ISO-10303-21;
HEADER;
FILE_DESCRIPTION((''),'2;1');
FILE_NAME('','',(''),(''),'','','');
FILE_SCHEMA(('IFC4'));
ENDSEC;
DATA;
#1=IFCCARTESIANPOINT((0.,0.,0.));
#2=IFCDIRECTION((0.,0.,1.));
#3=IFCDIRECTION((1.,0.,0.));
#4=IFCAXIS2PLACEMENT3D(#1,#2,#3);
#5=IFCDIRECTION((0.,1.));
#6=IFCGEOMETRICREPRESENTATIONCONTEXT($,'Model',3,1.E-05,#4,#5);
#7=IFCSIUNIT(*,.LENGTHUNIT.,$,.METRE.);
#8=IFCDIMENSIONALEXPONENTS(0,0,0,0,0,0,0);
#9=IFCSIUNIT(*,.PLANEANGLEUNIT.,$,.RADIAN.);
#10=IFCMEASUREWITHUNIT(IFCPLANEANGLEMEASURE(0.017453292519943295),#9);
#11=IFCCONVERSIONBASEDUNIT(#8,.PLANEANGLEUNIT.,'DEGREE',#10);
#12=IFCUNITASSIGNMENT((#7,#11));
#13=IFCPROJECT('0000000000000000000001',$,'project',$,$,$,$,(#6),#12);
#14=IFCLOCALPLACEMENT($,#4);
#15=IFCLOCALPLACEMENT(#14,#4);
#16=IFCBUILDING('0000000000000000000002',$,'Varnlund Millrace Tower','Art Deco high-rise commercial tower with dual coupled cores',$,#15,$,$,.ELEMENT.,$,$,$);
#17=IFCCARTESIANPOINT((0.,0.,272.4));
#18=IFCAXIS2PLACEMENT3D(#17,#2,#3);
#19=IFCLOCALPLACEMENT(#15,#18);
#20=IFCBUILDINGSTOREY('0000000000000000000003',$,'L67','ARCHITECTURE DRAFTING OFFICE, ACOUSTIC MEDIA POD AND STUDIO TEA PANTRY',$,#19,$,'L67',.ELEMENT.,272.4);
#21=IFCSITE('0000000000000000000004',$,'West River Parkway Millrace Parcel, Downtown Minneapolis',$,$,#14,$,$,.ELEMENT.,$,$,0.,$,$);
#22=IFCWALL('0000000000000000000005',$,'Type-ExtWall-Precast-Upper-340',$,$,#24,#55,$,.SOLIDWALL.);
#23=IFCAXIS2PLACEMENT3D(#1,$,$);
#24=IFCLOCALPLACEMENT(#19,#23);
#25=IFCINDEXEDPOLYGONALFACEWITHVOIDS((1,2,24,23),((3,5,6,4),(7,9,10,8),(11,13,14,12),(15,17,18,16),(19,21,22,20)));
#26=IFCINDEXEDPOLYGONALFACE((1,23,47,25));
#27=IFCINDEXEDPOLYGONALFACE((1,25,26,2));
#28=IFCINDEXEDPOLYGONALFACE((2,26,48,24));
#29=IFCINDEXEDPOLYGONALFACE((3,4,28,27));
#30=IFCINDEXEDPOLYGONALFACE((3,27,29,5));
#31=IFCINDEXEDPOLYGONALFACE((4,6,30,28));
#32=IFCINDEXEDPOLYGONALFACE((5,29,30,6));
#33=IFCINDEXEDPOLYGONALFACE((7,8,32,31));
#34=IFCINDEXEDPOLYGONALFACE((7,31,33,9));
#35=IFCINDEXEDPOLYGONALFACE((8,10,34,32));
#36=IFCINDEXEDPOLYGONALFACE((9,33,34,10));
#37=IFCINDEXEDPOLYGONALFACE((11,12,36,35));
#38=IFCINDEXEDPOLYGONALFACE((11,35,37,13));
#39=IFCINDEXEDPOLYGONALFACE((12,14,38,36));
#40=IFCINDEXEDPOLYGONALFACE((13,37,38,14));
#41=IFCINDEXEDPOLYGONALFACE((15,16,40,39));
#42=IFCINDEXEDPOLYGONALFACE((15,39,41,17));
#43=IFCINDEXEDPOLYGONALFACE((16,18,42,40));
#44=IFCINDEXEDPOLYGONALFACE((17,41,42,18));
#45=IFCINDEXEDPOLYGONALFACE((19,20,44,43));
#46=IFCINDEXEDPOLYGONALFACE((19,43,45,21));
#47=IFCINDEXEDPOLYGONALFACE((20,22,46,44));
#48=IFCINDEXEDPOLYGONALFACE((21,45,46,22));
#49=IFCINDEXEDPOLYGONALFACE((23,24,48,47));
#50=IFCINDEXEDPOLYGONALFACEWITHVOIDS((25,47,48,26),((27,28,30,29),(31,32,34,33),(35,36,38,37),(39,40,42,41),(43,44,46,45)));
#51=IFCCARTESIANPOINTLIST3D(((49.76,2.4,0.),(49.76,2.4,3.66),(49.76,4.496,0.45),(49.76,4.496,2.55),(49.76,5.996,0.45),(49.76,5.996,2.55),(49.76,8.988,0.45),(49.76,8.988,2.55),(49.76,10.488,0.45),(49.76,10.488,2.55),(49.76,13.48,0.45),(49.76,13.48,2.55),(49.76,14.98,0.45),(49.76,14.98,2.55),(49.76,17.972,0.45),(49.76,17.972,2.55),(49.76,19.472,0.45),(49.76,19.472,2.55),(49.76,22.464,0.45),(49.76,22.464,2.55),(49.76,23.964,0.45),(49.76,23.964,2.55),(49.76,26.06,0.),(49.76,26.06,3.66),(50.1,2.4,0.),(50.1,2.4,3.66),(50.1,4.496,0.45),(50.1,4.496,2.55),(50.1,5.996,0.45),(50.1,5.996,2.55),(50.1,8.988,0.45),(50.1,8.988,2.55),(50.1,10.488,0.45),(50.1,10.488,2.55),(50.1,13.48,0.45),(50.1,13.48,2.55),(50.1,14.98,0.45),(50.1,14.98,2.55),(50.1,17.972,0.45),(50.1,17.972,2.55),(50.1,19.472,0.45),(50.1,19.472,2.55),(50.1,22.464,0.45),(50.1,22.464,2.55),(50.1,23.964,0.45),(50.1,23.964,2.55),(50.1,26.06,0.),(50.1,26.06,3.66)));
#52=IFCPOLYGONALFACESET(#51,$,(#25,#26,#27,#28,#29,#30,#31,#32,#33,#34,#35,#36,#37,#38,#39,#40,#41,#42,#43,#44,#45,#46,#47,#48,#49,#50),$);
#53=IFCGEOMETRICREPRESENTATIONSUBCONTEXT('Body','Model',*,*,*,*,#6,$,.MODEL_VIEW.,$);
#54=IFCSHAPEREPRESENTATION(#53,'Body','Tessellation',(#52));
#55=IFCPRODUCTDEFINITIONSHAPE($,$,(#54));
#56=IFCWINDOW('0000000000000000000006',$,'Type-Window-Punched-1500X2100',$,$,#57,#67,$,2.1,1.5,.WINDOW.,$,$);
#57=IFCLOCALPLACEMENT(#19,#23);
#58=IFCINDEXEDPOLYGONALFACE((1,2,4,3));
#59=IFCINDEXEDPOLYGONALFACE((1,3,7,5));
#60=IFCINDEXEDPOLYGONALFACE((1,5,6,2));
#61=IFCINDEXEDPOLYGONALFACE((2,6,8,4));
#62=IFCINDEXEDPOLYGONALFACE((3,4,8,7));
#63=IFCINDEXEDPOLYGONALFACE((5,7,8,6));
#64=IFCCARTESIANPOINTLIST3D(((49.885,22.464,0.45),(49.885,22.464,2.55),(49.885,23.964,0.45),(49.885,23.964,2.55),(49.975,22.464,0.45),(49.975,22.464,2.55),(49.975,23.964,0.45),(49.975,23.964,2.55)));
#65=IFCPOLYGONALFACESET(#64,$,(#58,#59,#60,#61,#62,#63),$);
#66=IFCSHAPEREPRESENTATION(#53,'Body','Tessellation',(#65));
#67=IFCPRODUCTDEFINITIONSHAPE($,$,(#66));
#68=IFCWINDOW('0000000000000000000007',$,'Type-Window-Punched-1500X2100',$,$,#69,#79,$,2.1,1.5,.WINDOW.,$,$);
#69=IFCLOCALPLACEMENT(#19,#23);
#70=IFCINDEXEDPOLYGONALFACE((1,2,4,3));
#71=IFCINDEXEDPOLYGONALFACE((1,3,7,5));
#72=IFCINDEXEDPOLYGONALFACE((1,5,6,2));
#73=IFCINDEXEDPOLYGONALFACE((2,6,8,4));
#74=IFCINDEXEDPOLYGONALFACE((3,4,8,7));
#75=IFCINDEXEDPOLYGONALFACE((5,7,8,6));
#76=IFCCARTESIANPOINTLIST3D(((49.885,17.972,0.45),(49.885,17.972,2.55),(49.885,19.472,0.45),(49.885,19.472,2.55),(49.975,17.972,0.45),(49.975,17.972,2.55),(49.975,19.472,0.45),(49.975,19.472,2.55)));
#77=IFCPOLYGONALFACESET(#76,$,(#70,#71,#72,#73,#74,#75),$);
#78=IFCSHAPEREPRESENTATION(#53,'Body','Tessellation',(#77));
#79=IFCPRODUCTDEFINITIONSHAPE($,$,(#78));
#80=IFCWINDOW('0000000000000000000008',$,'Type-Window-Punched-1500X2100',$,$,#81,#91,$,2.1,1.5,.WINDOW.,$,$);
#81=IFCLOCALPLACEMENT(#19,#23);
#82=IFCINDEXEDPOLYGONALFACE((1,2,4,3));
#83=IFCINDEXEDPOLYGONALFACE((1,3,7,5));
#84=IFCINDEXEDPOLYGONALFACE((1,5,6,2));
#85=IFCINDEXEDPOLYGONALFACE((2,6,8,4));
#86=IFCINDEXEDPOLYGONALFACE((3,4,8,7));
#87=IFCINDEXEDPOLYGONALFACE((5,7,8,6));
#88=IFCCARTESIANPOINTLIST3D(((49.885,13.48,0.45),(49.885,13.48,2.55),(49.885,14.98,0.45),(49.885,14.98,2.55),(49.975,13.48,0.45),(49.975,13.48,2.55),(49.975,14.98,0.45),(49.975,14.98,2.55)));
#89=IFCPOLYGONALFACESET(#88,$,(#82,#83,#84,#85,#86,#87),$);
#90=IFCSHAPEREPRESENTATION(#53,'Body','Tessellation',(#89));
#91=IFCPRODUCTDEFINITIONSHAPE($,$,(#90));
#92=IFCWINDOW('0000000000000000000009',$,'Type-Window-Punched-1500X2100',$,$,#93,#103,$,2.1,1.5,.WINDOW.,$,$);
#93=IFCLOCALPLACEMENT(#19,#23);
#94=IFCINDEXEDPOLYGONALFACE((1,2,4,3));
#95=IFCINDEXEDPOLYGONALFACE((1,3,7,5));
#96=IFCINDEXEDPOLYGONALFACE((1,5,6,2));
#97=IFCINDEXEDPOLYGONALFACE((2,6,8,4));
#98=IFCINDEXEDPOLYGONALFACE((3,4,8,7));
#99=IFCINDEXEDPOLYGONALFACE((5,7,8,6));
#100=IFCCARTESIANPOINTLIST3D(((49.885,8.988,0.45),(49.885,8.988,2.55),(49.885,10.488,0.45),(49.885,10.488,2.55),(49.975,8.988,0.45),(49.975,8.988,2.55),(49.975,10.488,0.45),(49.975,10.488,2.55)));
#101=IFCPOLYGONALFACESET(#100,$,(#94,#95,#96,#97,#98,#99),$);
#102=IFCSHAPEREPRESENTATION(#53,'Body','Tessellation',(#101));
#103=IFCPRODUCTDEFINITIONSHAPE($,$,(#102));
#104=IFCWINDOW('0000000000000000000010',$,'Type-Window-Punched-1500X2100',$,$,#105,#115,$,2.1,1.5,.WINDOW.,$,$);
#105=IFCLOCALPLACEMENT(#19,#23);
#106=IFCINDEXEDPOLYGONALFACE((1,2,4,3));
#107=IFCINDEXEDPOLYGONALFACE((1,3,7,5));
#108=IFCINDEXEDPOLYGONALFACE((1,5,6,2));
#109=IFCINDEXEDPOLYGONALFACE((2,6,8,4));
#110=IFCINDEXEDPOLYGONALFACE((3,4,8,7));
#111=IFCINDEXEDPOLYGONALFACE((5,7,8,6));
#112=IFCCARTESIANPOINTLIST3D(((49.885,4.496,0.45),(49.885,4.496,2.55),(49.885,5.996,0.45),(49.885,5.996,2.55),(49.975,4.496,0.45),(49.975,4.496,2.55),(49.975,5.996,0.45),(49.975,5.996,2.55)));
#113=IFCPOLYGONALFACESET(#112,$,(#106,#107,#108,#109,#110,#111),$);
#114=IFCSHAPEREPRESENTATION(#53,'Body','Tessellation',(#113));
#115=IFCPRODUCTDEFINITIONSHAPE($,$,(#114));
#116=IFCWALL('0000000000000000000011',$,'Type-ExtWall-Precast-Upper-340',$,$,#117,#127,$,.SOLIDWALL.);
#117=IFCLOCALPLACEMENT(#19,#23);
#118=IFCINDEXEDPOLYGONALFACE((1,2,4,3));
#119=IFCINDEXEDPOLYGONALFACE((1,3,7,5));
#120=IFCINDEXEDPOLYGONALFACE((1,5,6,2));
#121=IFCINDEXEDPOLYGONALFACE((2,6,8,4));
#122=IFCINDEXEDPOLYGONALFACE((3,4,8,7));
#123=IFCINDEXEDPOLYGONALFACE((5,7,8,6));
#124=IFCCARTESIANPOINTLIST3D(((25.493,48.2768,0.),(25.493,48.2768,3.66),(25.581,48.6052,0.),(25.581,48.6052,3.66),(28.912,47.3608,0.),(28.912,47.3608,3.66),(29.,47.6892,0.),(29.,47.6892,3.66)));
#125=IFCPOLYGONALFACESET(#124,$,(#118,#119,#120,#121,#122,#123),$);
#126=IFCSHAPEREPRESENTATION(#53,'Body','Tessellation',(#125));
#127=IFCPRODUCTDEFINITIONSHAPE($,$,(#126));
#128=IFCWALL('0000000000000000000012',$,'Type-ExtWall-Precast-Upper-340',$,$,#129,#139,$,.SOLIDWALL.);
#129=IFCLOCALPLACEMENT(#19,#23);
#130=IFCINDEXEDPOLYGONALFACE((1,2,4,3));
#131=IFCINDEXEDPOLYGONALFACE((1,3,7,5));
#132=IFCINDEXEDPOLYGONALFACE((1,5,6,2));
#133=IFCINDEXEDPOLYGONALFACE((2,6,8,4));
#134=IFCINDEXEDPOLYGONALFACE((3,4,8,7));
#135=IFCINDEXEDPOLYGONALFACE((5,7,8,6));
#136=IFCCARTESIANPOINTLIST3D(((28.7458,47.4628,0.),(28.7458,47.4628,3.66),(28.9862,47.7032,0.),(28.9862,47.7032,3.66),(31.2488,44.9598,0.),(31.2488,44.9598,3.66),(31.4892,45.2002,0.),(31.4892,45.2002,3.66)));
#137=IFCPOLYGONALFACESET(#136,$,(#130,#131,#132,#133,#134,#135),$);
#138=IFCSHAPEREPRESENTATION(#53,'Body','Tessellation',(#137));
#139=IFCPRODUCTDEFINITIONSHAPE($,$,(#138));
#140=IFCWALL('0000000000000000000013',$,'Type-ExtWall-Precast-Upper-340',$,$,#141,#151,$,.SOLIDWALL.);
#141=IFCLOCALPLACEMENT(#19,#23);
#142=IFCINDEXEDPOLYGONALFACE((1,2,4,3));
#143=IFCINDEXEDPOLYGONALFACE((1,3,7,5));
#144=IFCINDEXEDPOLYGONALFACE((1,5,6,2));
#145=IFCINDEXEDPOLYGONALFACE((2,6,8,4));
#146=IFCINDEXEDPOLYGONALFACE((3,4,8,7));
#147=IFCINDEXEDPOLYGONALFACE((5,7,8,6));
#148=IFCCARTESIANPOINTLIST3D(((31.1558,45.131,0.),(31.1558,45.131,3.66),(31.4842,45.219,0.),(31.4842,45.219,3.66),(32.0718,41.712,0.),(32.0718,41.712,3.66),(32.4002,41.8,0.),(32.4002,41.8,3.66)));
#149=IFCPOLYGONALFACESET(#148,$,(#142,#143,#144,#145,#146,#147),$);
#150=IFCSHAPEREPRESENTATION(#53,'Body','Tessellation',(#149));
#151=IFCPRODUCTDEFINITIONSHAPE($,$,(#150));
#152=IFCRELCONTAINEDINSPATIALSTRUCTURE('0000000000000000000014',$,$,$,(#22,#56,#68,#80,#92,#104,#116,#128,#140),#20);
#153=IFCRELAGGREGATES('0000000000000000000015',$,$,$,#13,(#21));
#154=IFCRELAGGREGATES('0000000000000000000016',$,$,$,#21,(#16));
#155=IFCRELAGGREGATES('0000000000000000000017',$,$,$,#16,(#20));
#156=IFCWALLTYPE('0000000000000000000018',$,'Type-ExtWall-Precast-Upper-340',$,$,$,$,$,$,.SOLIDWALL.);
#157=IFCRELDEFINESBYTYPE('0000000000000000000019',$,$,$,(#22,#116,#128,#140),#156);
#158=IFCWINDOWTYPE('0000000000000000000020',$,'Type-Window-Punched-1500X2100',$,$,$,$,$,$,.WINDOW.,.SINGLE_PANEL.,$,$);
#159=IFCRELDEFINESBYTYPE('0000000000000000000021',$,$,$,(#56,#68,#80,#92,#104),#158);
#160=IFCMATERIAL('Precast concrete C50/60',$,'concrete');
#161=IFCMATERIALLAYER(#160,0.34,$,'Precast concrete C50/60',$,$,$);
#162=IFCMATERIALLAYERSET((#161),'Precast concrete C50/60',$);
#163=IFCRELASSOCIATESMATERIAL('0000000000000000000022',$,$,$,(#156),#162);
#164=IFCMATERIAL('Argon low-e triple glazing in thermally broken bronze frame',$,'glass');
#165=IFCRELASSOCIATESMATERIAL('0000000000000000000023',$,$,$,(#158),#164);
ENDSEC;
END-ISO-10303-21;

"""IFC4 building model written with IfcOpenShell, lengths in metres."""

from ifc_helpers import new_model, entity, si_unit, converted_unit, direction, frame, origin_with_axes, origin_2d_with_axis, place, context, subcontext, project, spatial, polyline, rectangle, outline, extrude, material, layer, layer_set, type_object, element, fill, save


model = new_model("IFC4")

# Units and contexts
model_context = context("Model", 3, precision=1e-05, world=origin_with_axes(), true_north=direction((0.0, 1.0)))
body_context = subcontext(model_context, "Body", "Model", "MODEL_VIEW")
ifc_project = project(units=[si_unit("LENGTHUNIT", "METRE"), converted_unit("PLANEANGLEUNIT", "DEGREE", entity("IfcPlaneAngleMeasure", 0.017453292519943295), si_unit("PLANEANGLEUNIT", "RADIAN"), dimensions=[0, 0, 0, 0, 0, 0, 0])], contexts=[model_context])

# Site, building, storey
site_placement = place(None, origin_with_axes())
site = spatial("IfcSite", under=ifc_project, at=site_placement, Name="West River Parkway Millrace Parcel, Downtown Minneapolis", CompositionType="ELEMENT", RefElevation=0.0)
building_placement = place(site_placement, origin_with_axes())
building = spatial("IfcBuilding", under=site, at=building_placement, Name="Varnlund Millrace Tower", Description="Art Deco high-rise commercial tower with dual coupled cores", CompositionType="ELEMENT")
storey_placement = place(building_placement, frame((0.0, 0.0, 272.4), z_axis=(0.0, 0.0, 1.0), x_axis=(1.0, 0.0, 0.0)))
storey = spatial("IfcBuildingStorey", under=building, at=storey_placement, Name="L67", Description="ARCHITECTURE DRAFTING OFFICE, ACOUSTIC MEDIA POD AND STUDIO TEA PANTRY", LongName="L67", CompositionType="ELEMENT", Elevation=272.4)

# Shared definitions
ifc_material_1 = material(Name="Precast concrete C50/60", Category="concrete")
ifc_layer_1 = layer(ifc_material_1, 0.34, Name="Precast concrete C50/60")
ifc_layer_set_1 = layer_set([ifc_layer_1], Name="Precast concrete C50/60")
wall_type_1 = type_object("IfcWallType", Name="Type-ExtWall-Precast-Upper-340", PredefinedType="SOLIDWALL", material=ifc_layer_set_1)
ifc_material_2 = material(Name="Argon low-e triple glazing in thermally broken bronze frame", Category="glass")
window_type = type_object("IfcWindowType", Name="Type-Window-Punched-1500X2100", PartitioningType="SINGLE_PANEL", PredefinedType="WINDOW", material=ifc_material_2)

# Wall, openings, windows
wall_1_placement = place(storey_placement, frame((49.93, 26.06, 0.0), z_axis=(0.0, 0.0, 1.0), x_axis=(0.0, -1.0, 0.0)))
wall_1 = element("IfcWall", 1, at=wall_1_placement, inside=storey, type_object=wall_type_1, Name="Type-ExtWall-Precast-Upper-340", PredefinedType="SOLIDWALL", context=body_context, shape_type="SweptSolid", body=[
    extrude(outline(polyline([(0.0, -0.17), (23.66, -0.17), (23.66, 0.17), (0.0, 0.17), (0.0, -0.17)])), origin_with_axes(), (0.0, 0.0, 1.0), 3.66),
])
opening_1_placement = place(wall_1_placement, frame((2.846, 0.0, 0.45), z_axis=(0.0, 0.0, 1.0), x_axis=(1.0, 0.0, 0.0)))
opening_1 = element("IfcOpeningElement", 2, at=opening_1_placement, cuts=wall_1, PredefinedType="OPENING", context=body_context, shape_type="SweptSolid", body=[
    extrude(rectangle(XDim=1.5, YDim=0.36, at=origin_2d_with_axis()), origin_with_axes(), (0.0, 0.0, 1.0), 2.1),
])
opening_2_placement = place(wall_1_placement, frame((7.338, 0.0, 0.45), z_axis=(0.0, 0.0, 1.0), x_axis=(1.0, 0.0, 0.0)))
opening_2 = element("IfcOpeningElement", 3, at=opening_2_placement, cuts=wall_1, PredefinedType="OPENING", context=body_context, shape_type="SweptSolid", body=[
    extrude(rectangle(XDim=1.5, YDim=0.36, at=origin_2d_with_axis()), origin_with_axes(), (0.0, 0.0, 1.0), 2.1),
])
opening_3_placement = place(wall_1_placement, frame((11.83, 0.0, 0.45), z_axis=(0.0, 0.0, 1.0), x_axis=(1.0, 0.0, 0.0)))
opening_3 = element("IfcOpeningElement", 4, at=opening_3_placement, cuts=wall_1, PredefinedType="OPENING", context=body_context, shape_type="SweptSolid", body=[
    extrude(rectangle(XDim=1.5, YDim=0.36, at=origin_2d_with_axis()), origin_with_axes(), (0.0, 0.0, 1.0), 2.1),
])
opening_4_placement = place(wall_1_placement, frame((16.322, 0.0, 0.45), z_axis=(0.0, 0.0, 1.0), x_axis=(1.0, 0.0, 0.0)))
opening_4 = element("IfcOpeningElement", 5, at=opening_4_placement, cuts=wall_1, PredefinedType="OPENING", context=body_context, shape_type="SweptSolid", body=[
    extrude(rectangle(XDim=1.5, YDim=0.36, at=origin_2d_with_axis()), origin_with_axes(), (0.0, 0.0, 1.0), 2.1),
])
opening_5_placement = place(wall_1_placement, frame((20.814, 0.0, 0.45), z_axis=(0.0, 0.0, 1.0), x_axis=(1.0, 0.0, 0.0)))
opening_5 = element("IfcOpeningElement", 6, at=opening_5_placement, cuts=wall_1, PredefinedType="OPENING", context=body_context, shape_type="SweptSolid", body=[
    extrude(rectangle(XDim=1.5, YDim=0.36, at=origin_2d_with_axis()), origin_with_axes(), (0.0, 0.0, 1.0), 2.1),
])
window_1_placement = place(wall_1_placement, frame((2.846, 0.0, 0.45), z_axis=(0.0, 0.0, 1.0), x_axis=(1.0, 0.0, 0.0)))
window_1 = element("IfcWindow", 7, at=window_1_placement, inside=storey, type_object=window_type, Name="Type-Window-Punched-1500X2100", OverallHeight=2.1, OverallWidth=1.5, PredefinedType="WINDOW", context=body_context, shape_type="SweptSolid", body=[
    extrude(rectangle(XDim=1.5, YDim=0.09, at=origin_2d_with_axis()), origin_with_axes(), (0.0, 0.0, 1.0), 2.1),
])
fill(opening_1, window_1)
window_2_placement = place(wall_1_placement, frame((7.338, 0.0, 0.45), z_axis=(0.0, 0.0, 1.0), x_axis=(1.0, 0.0, 0.0)))
window_2 = element("IfcWindow", 8, at=window_2_placement, inside=storey, type_object=window_type, Name="Type-Window-Punched-1500X2100", OverallHeight=2.1, OverallWidth=1.5, PredefinedType="WINDOW", context=body_context, shape_type="SweptSolid", body=[
    extrude(rectangle(XDim=1.5, YDim=0.09, at=origin_2d_with_axis()), origin_with_axes(), (0.0, 0.0, 1.0), 2.1),
])
fill(opening_2, window_2)
window_3_placement = place(wall_1_placement, frame((11.83, 0.0, 0.45), z_axis=(0.0, 0.0, 1.0), x_axis=(1.0, 0.0, 0.0)))
window_3 = element("IfcWindow", 9, at=window_3_placement, inside=storey, type_object=window_type, Name="Type-Window-Punched-1500X2100", OverallHeight=2.1, OverallWidth=1.5, PredefinedType="WINDOW", context=body_context, shape_type="SweptSolid", body=[
    extrude(rectangle(XDim=1.5, YDim=0.09, at=origin_2d_with_axis()), origin_with_axes(), (0.0, 0.0, 1.0), 2.1),
])
fill(opening_3, window_3)
window_4_placement = place(wall_1_placement, frame((16.322, 0.0, 0.45), z_axis=(0.0, 0.0, 1.0), x_axis=(1.0, 0.0, 0.0)))
window_4 = element("IfcWindow", 10, at=window_4_placement, inside=storey, type_object=window_type, Name="Type-Window-Punched-1500X2100", OverallHeight=2.1, OverallWidth=1.5, PredefinedType="WINDOW", context=body_context, shape_type="SweptSolid", body=[
    extrude(rectangle(XDim=1.5, YDim=0.09, at=origin_2d_with_axis()), origin_with_axes(), (0.0, 0.0, 1.0), 2.1),
])
fill(opening_4, window_4)
window_5_placement = place(wall_1_placement, frame((20.814, 0.0, 0.45), z_axis=(0.0, 0.0, 1.0), x_axis=(1.0, 0.0, 0.0)))
window_5 = element("IfcWindow", 11, at=window_5_placement, inside=storey, type_object=window_type, Name="Type-Window-Punched-1500X2100", OverallHeight=2.1, OverallWidth=1.5, PredefinedType="WINDOW", context=body_context, shape_type="SweptSolid", body=[
    extrude(rectangle(XDim=1.5, YDim=0.09, at=origin_2d_with_axis()), origin_with_axes(), (0.0, 0.0, 1.0), 2.1),
])
fill(opening_5, window_5)

# Walls
wall_2_placement = place(storey_placement, frame((25.537, 48.441, 0.0), z_axis=(0.0, 0.0, 1.0), x_axis=(0.965934, -0.258788, 0.0)))
element("IfcWall", 12, at=wall_2_placement, inside=storey, type_object=wall_type_1, Name="Type-ExtWall-Precast-Upper-340", PredefinedType="SOLIDWALL", context=body_context, shape_type="SweptSolid", body=[
    extrude(outline(polyline([(0.0, -0.17), (3.5396, -0.17), (3.5396, 0.17), (0.0, 0.17), (0.0, -0.17)])), origin_with_axes(), (0.0, 0.0, 1.0), 3.66),
])
wall_3_placement = place(storey_placement, frame((28.866, 47.583, 0.0), z_axis=(0.0, 0.0, 1.0), x_axis=(0.707107, -0.707107, 0.0)))
element("IfcWall", 13, at=wall_3_placement, inside=storey, type_object=wall_type_1, Name="Type-ExtWall-Precast-Upper-340", PredefinedType="SOLIDWALL", context=body_context, shape_type="SweptSolid", body=[
    extrude(outline(polyline([(0.0, -0.17), (3.5398, -0.17), (3.5398, 0.17), (0.0, 0.17), (0.0, -0.17)])), origin_with_axes(), (0.0, 0.0, 1.0), 3.66),
])
wall_4_placement = place(storey_placement, frame((31.32, 45.175, 0.0), z_axis=(0.0, 0.0, 1.0), x_axis=(0.258788, -0.965934, 0.0)))
element("IfcWall", 14, at=wall_4_placement, inside=storey, type_object=wall_type_1, Name="Type-ExtWall-Precast-Upper-340", PredefinedType="SOLIDWALL", context=body_context, shape_type="SweptSolid", body=[
    extrude(outline(polyline([(0.0, -0.17), (3.5396, -0.17), (3.5396, 0.17), (0.0, 0.17), (0.0, -0.17)])), origin_with_axes(), (0.0, 0.0, 1.0), 3.66),
])

save(model, "model.ifc")
